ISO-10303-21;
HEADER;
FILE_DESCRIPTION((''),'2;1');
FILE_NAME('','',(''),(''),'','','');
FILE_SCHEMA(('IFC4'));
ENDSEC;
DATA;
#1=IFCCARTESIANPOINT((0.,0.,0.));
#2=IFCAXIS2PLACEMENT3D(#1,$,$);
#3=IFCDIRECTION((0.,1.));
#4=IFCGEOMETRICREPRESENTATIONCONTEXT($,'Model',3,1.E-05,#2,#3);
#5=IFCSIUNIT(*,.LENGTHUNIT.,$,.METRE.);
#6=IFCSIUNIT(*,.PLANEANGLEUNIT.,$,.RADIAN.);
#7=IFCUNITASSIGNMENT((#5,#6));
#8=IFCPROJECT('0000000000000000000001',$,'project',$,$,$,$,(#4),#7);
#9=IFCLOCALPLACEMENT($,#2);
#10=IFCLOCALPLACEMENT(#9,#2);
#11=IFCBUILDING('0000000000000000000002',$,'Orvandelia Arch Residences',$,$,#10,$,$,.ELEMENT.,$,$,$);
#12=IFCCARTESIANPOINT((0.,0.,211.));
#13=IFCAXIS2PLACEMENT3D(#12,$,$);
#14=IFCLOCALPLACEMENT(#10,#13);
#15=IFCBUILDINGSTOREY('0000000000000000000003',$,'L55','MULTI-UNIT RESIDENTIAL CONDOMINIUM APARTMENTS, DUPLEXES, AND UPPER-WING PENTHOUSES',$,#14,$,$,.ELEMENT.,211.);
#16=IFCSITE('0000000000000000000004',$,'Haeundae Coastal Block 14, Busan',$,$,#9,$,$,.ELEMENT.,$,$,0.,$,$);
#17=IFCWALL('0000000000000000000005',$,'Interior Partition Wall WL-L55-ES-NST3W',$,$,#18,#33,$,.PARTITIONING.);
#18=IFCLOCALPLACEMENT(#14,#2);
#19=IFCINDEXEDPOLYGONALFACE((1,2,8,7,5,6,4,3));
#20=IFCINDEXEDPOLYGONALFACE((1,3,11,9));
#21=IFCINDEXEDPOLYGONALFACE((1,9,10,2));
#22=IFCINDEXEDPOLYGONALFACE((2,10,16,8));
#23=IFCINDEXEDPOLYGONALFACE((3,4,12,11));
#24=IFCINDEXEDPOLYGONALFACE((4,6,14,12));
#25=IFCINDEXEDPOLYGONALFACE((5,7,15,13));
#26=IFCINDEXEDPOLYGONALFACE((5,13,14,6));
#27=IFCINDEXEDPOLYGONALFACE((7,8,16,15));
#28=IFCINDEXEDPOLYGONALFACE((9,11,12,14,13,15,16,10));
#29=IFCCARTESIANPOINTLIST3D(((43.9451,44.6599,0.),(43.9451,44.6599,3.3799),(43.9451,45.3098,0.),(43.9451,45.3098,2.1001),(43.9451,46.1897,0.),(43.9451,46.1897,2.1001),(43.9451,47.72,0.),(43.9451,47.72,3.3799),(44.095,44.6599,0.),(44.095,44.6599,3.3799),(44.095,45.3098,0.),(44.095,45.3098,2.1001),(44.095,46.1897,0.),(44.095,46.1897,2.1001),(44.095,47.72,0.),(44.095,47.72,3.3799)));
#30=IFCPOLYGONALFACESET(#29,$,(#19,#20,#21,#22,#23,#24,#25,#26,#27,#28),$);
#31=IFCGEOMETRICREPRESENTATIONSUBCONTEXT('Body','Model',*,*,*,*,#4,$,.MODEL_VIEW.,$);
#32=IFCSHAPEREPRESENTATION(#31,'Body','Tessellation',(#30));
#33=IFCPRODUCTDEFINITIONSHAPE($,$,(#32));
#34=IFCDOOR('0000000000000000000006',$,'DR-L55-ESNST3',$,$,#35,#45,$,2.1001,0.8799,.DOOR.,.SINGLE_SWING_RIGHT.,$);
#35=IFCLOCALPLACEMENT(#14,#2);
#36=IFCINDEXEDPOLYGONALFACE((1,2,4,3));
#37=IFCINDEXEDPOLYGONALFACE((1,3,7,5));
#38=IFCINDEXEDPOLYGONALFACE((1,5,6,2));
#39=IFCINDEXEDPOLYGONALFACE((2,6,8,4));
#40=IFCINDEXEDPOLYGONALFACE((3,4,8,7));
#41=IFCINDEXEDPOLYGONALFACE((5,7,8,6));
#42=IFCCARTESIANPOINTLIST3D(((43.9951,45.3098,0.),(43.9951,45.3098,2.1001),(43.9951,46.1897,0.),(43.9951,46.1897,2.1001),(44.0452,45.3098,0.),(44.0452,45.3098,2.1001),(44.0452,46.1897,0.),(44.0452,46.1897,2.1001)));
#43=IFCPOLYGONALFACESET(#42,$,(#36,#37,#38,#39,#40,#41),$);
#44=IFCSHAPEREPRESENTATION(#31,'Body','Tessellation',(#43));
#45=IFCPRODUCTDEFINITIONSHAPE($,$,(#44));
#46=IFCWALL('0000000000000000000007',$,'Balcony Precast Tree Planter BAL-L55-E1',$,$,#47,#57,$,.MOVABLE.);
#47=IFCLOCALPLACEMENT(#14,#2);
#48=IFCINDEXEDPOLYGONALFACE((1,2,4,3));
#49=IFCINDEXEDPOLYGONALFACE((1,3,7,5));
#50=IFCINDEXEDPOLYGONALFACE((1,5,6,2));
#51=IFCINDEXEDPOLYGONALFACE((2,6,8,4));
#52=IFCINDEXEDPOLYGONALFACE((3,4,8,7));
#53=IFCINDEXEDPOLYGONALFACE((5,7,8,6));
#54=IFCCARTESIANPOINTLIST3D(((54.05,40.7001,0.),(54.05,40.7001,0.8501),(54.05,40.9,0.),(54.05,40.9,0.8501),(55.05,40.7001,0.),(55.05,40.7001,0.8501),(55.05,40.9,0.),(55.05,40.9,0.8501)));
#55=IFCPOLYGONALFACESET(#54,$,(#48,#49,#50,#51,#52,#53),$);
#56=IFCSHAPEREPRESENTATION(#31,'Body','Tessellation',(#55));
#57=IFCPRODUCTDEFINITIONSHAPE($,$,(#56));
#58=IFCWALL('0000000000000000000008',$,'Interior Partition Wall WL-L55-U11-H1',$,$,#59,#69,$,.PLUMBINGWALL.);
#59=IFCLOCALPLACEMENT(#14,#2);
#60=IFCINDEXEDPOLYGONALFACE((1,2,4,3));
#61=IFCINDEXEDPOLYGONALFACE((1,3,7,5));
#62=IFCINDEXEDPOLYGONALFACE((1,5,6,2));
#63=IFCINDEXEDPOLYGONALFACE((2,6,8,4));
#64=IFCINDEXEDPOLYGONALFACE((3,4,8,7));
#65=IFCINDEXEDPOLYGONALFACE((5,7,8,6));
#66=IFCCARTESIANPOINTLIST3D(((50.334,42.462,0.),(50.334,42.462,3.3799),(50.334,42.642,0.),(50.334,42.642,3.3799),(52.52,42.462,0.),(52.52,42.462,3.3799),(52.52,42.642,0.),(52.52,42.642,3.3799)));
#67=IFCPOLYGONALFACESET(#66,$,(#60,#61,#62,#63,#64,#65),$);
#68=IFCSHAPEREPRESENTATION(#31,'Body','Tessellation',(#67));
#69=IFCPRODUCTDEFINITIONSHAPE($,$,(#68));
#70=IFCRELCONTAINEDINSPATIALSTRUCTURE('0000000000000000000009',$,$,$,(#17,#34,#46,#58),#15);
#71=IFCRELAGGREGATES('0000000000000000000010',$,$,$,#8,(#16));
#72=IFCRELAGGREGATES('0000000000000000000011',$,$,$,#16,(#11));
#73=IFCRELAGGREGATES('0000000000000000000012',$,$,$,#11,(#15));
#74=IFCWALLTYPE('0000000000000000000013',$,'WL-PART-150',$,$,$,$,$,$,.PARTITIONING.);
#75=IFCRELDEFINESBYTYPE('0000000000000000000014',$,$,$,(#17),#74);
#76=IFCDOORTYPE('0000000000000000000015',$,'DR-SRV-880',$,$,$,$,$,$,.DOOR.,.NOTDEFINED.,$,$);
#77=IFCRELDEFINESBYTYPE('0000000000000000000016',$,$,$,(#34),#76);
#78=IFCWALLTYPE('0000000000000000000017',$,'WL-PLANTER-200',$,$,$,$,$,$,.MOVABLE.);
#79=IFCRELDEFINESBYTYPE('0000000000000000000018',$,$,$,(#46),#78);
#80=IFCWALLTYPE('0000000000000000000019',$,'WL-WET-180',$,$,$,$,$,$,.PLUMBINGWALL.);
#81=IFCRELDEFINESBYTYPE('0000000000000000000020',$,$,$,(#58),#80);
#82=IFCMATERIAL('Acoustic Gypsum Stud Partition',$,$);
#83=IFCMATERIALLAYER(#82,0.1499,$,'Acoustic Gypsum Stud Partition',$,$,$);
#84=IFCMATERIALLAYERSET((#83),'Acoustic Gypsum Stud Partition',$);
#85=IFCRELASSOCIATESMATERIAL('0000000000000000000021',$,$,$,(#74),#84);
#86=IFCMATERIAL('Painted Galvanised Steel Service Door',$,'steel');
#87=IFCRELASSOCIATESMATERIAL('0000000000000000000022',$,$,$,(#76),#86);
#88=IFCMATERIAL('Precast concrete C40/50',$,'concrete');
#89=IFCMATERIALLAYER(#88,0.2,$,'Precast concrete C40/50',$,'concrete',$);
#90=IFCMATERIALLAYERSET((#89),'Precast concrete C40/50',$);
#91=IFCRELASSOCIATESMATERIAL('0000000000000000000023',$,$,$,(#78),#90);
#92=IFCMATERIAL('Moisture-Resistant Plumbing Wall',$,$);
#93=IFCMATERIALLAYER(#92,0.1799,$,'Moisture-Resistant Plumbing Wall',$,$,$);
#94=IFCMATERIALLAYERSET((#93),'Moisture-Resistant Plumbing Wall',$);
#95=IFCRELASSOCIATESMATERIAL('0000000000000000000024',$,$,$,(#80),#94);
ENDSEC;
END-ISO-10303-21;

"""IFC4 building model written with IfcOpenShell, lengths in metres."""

from ifc_helpers import new_model, si_unit, direction, frame, frame_2d, origin, place, context, subcontext, project, spatial, rectangle, extrude, material, layer, layer_set, type_object, element, fill, save


model = new_model("IFC4")

# Units and contexts
model_context = context("Model", 3, precision=1e-05, world=origin(), true_north=direction((0.0, 1.0)))
body_context = subcontext(model_context, "Body", "Model", "MODEL_VIEW")
ifc_project = project(units=[si_unit("LENGTHUNIT", "METRE"), si_unit("PLANEANGLEUNIT", "RADIAN")], contexts=[model_context])

# Site, building, storey
site_placement = place(None, origin())
site = spatial("IfcSite", under=ifc_project, at=site_placement, Name="Haeundae Coastal Block 14, Busan", CompositionType="ELEMENT", RefElevation=0.0)
building_placement = place(site_placement, origin())
building = spatial("IfcBuilding", under=site, at=building_placement, Name="Orvandelia Arch Residences", CompositionType="ELEMENT")
storey_placement = place(building_placement, frame((0.0, 0.0, 211.0)))
storey = spatial("IfcBuildingStorey", under=building, at=storey_placement, Name="L55", Description="MULTI-UNIT RESIDENTIAL CONDOMINIUM APARTMENTS, DUPLEXES, AND UPPER-WING PENTHOUSES", CompositionType="ELEMENT", Elevation=211.0)

# Shared definitions
ifc_material_1 = material(Name="Precast concrete C40/50", Category="concrete")

# Wall, opening, door
ifc_material_2 = material(Name="Acoustic Gypsum Stud Partition")
ifc_layer_1 = layer(ifc_material_2, 0.1499, Name="Acoustic Gypsum Stud Partition")
ifc_layer_set_1 = layer_set([ifc_layer_1], Name="Acoustic Gypsum Stud Partition")
wall_type_1 = type_object("IfcWallType", Name="WL-PART-150", PredefinedType="PARTITIONING", material=ifc_layer_set_1)
wall_1_placement = place(storey_placement, frame((44.02, 44.6599, 0.0), z_axis=(0.0, 0.0, 1.0), x_axis=(0.0, 1.0, 0.0)))
wall_1 = element("IfcWall", 1, at=wall_1_placement, inside=storey, type_object=wall_type_1, Name="Interior Partition Wall WL-L55-ES-NST3W", PredefinedType="PARTITIONING", context=body_context, shape_type="SweptSolid", body=[
    extrude(rectangle(XDim=3.0601, YDim=0.1499, at=frame_2d((1.53, 0.0))), origin(), (0.0, 0.0, 1.0), 3.3799),
])
opening_1_placement = place(wall_1_placement, frame((0.6499, 0.0, 0.0)))
opening_1 = element("IfcOpeningElement", 2, at=opening_1_placement, cuts=wall_1, PredefinedType="OPENING", context=body_context, shape_type="SweptSolid", body=[
    extrude(rectangle(XDim=0.8799, YDim=2.1001, at=frame_2d((0.4399, 1.05))), frame((0.0, 0.085, 0.0), z_axis=(0.0, -1.0, 0.0), x_axis=(1.0, 0.0, 0.0)), (0.0, 0.0, 1.0), 0.1699),
])
ifc_material_3 = material(Name="Painted Galvanised Steel Service Door", Category="steel")
door_type_1 = type_object("IfcDoorType", Name="DR-SRV-880", OperationType="NOTDEFINED", PredefinedType="DOOR", material=ifc_material_3)
door_1_placement = place(opening_1_placement, origin())
door_1 = element("IfcDoor", 3, at=door_1_placement, inside=storey, type_object=door_type_1, Name="DR-L55-ESNST3", OperationType="SINGLE_SWING_RIGHT", OverallHeight=2.1001, OverallWidth=0.8799, PredefinedType="DOOR", context=body_context, shape_type="SweptSolid", body=[
    extrude(rectangle(XDim=0.8799, YDim=2.1001, at=frame_2d((0.4399, 1.05))), frame((0.0, 0.0249, 0.0), z_axis=(0.0, -1.0, 0.0), x_axis=(1.0, 0.0, 0.0)), (0.0, 0.0, 1.0), 0.05),
])
fill(opening_1, door_1)

# Walls
ifc_layer_2 = layer(ifc_material_1, 0.2, Name="Precast concrete C40/50", Category="concrete")
ifc_layer_set_2 = layer_set([ifc_layer_2], Name="Precast concrete C40/50")
wall_type_2 = type_object("IfcWallType", Name="WL-PLANTER-200", PredefinedType="MOVABLE", material=ifc_layer_set_2)
wall_2_placement = place(storey_placement, frame((54.05, 40.8, 0.0), z_axis=(0.0, 0.0, 1.0), x_axis=(1.0, 0.0, 0.0)))
element("IfcWall", 4, at=wall_2_placement, inside=storey, type_object=wall_type_2, Name="Balcony Precast Tree Planter BAL-L55-E1", PredefinedType="MOVABLE", context=body_context, shape_type="SweptSolid", body=[
    extrude(rectangle(XDim=1.0, YDim=0.2, at=frame_2d((0.5, 0.0))), origin(), (0.0, 0.0, 1.0), 0.8501),
])
ifc_material_4 = material(Name="Moisture-Resistant Plumbing Wall")
ifc_layer_3 = layer(ifc_material_4, 0.1799, Name="Moisture-Resistant Plumbing Wall")
ifc_layer_set_3 = layer_set([ifc_layer_3], Name="Moisture-Resistant Plumbing Wall")
wall_type_3 = type_object("IfcWallType", Name="WL-WET-180", PredefinedType="PLUMBINGWALL", material=ifc_layer_set_3)
wall_3_placement = place(storey_placement, frame((50.334, 42.552, 0.0), z_axis=(0.0, 0.0, 1.0), x_axis=(1.0, 0.0, 0.0)))
element("IfcWall", 5, at=wall_3_placement, inside=storey, type_object=wall_type_3, Name="Interior Partition Wall WL-L55-U11-H1", PredefinedType="PLUMBINGWALL", context=body_context, shape_type="SweptSolid", body=[
    extrude(rectangle(XDim=2.186, YDim=0.1799, at=frame_2d((1.093, 0.0))), origin(), (0.0, 0.0, 1.0), 3.3799),
])

save(model, "model.ifc")
